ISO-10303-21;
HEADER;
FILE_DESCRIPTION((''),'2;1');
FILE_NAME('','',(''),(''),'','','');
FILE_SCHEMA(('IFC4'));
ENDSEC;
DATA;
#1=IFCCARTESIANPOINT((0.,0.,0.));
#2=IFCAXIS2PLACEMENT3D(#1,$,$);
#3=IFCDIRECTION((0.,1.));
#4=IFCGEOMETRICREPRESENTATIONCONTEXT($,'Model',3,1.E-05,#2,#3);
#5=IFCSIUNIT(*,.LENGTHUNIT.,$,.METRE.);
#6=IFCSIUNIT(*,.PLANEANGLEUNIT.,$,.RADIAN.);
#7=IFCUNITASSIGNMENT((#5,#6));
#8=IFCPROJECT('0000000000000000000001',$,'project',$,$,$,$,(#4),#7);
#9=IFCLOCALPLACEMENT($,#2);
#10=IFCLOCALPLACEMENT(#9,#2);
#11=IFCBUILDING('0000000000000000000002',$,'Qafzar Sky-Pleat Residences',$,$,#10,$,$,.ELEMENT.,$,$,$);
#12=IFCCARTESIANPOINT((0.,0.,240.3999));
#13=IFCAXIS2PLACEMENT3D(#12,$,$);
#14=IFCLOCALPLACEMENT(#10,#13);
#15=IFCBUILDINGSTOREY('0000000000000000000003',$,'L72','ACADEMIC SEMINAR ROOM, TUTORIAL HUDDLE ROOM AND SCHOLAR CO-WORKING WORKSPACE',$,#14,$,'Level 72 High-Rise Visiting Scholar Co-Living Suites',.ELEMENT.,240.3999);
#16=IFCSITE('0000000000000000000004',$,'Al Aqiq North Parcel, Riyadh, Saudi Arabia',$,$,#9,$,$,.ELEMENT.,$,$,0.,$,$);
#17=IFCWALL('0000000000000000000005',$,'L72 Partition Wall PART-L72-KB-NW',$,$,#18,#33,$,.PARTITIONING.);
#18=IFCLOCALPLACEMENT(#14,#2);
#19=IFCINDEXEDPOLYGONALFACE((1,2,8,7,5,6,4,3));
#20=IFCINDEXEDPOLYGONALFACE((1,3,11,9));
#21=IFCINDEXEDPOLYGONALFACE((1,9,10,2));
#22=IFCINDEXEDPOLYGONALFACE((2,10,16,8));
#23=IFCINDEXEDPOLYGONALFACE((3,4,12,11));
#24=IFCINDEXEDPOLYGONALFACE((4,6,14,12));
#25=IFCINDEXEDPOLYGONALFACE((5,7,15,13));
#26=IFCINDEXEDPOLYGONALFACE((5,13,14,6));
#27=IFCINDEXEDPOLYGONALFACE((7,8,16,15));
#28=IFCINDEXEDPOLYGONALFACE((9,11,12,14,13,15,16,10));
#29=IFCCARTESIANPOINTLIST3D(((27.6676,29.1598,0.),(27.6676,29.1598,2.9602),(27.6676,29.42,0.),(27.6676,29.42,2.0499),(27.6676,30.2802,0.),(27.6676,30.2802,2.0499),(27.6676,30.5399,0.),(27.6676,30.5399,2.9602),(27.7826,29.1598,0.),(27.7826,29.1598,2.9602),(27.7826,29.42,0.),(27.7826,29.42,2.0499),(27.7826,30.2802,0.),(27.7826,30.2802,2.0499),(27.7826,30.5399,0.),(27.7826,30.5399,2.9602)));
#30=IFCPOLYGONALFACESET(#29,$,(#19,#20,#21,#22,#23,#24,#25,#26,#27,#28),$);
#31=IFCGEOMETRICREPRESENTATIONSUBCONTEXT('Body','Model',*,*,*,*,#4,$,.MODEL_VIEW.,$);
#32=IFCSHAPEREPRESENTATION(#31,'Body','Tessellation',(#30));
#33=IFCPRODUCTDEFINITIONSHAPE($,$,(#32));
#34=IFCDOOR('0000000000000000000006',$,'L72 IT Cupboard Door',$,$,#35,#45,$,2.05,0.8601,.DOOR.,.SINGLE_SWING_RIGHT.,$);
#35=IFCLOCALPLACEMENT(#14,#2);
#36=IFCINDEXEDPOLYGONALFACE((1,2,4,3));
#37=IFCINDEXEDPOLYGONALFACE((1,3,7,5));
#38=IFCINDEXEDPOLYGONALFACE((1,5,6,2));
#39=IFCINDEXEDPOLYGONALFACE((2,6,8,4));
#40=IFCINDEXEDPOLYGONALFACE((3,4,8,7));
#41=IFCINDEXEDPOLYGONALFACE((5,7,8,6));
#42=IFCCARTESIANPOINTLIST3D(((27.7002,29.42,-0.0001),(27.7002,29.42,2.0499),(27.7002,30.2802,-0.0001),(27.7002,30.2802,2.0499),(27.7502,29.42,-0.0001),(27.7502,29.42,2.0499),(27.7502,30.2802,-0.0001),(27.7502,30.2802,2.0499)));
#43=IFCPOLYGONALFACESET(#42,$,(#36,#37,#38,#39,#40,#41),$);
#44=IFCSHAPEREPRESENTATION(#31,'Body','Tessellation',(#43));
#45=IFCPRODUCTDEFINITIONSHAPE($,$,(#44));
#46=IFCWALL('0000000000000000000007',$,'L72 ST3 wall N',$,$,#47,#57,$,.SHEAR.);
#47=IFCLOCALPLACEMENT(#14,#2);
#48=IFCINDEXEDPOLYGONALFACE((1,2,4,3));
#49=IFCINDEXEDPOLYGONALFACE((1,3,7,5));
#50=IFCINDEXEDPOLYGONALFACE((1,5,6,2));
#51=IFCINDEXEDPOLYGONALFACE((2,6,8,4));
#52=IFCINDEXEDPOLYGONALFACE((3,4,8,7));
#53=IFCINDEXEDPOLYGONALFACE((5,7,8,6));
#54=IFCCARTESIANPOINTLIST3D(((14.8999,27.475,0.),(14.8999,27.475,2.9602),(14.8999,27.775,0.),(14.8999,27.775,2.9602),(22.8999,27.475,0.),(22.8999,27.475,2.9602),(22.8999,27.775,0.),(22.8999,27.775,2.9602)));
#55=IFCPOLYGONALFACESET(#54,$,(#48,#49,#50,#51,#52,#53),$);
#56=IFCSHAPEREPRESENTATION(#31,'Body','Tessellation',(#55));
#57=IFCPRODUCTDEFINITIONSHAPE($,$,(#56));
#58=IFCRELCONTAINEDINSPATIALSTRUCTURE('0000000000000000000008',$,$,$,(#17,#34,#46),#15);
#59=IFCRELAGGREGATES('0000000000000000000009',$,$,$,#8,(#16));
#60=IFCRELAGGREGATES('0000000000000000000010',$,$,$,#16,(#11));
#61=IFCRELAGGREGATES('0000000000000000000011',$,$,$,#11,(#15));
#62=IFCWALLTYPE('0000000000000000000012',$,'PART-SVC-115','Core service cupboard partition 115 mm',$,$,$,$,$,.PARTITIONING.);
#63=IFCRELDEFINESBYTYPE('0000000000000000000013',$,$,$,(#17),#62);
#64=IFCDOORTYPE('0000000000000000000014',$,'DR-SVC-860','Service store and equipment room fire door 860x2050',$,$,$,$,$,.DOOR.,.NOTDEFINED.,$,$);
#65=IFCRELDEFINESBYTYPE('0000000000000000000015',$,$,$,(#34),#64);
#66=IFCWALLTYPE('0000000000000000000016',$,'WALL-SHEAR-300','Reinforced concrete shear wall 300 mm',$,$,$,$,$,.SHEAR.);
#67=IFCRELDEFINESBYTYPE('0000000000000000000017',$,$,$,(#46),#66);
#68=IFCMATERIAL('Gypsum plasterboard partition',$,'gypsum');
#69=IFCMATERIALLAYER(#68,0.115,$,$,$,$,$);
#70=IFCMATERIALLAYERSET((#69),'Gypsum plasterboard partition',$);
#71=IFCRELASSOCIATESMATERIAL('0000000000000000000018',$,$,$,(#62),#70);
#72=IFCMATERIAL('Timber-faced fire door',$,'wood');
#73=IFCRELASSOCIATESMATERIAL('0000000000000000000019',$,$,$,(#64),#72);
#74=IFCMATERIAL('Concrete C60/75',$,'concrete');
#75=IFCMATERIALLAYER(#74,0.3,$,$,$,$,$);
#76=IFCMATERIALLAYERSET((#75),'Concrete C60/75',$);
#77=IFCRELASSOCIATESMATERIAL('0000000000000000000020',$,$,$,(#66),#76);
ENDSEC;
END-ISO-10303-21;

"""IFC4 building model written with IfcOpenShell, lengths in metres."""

from ifc_helpers import new_model, si_unit, direction, frame, frame_2d, origin, place, context, subcontext, project, spatial, rectangle, extrude, source, transform, mapped, material, layer, layer_set, type_object, element, fill, save


model = new_model("IFC4")

# Units and contexts
model_context = context("Model", 3, precision=1e-05, world=origin(), true_north=direction((0.0, 1.0)))
body_context = subcontext(model_context, "Body", "Model", "MODEL_VIEW")
ifc_project = project(units=[si_unit("LENGTHUNIT", "METRE"), si_unit("PLANEANGLEUNIT", "RADIAN")], contexts=[model_context])

# Site, building, storey
site_placement = place(None, origin())
site = spatial("IfcSite", under=ifc_project, at=site_placement, Name="Al Aqiq North Parcel, Riyadh, Saudi Arabia", CompositionType="ELEMENT", RefElevation=0.0)
building_placement = place(site_placement, origin())
building = spatial("IfcBuilding", under=site, at=building_placement, Name="Qafzar Sky-Pleat Residences", CompositionType="ELEMENT")
storey_placement = place(building_placement, frame((0.0, 0.0, 240.3999)))
storey = spatial("IfcBuildingStorey", under=building, at=storey_placement, Name="L72", Description="ACADEMIC SEMINAR ROOM, TUTORIAL HUDDLE ROOM AND SCHOLAR CO-WORKING WORKSPACE", LongName="Level 72 High-Rise Visiting Scholar Co-Living Suites", CompositionType="ELEMENT", Elevation=240.3999)

# Shared definitions
ifc_material_1 = material(Name="Timber-faced fire door", Category="wood")

# Wall, opening, door
ifc_material_2 = material(Name="Gypsum plasterboard partition", Category="gypsum")
ifc_layer_1 = layer(ifc_material_2, 0.115)
ifc_layer_set_1 = layer_set([ifc_layer_1], Name="Gypsum plasterboard partition")
wall_type_1 = type_object("IfcWallType", Name="PART-SVC-115", Description="Core service cupboard partition 115 mm", PredefinedType="PARTITIONING", material=ifc_layer_set_1)
wall_1_placement = place(storey_placement, frame((27.7251, 29.1599, 0.0), z_axis=(0.0, 0.0, 1.0), x_axis=(0.0, 1.0, 0.0)))
wall_1 = element("IfcWall", 1, at=wall_1_placement, inside=storey, type_object=wall_type_1, Name="L72 Partition Wall PART-L72-KB-NW", PredefinedType="PARTITIONING", context=body_context, shape_type="SweptSolid", body=[
    extrude(rectangle(XDim=1.3801, YDim=0.115, at=frame_2d((0.6899, 0.0))), origin(), (0.0, 0.0, 1.0), 2.9602),
])
opening_1_placement = place(wall_1_placement, frame((0.26, 0.0, 0.0)))
opening_1 = element("IfcOpeningElement", 2, at=opening_1_placement, cuts=wall_1, PredefinedType="OPENING", context=body_context, shape_type="SweptSolid", body=[
    extrude(rectangle(XDim=0.8601, YDim=2.05, at=frame_2d((0.4302, 1.0249))), frame((0.0, 0.0674, 0.0), z_axis=(0.0, -1.0, 0.0), x_axis=(1.0, 0.0, 0.0)), (0.0, 0.0, 1.0), 0.135),
])
door_type_1 = type_object("IfcDoorType", Name="DR-SVC-860", Description="Service store and equipment room fire door 860x2050", OperationType="NOTDEFINED", PredefinedType="DOOR", material=ifc_material_1)
shared_shape_1 = source(origin(), body_context, "Body", "SweptSolid", [
    extrude(rectangle(XDim=0.8601, YDim=2.05, at=frame_2d((0.4302, 1.0249))), frame((0.0, 0.0249, 0.0), z_axis=(0.0, -1.0, 0.0), x_axis=(1.0, 0.0, 0.0)), (0.0, 0.0, 1.0), 0.05),
])
door_1_placement = place(opening_1_placement, origin())
door_1 = element("IfcDoor", 3, at=door_1_placement, inside=storey, type_object=door_type_1, Name="L72 IT Cupboard Door", OperationType="SINGLE_SWING_RIGHT", OverallHeight=2.05, OverallWidth=0.8601, PredefinedType="DOOR", context=body_context, shape_type="MappedRepresentation", body=[
    mapped(shared_shape_1, transform((0.0, 0.0, 0.0), x_axis=(1.0, 0.0, 0.0), y_axis=(0.0, 1.0, 0.0), z_axis=(0.0, 0.0, 1.0), scale=1.0)),
])
fill(opening_1, door_1)

# Shared definitions
ifc_material_3 = material(Name="Concrete C60/75", Category="concrete")
ifc_layer_2 = layer(ifc_material_3, 0.3)
ifc_layer_set_2 = layer_set([ifc_layer_2], Name="Concrete C60/75")
wall_type_2 = type_object("IfcWallType", Name="WALL-SHEAR-300", Description="Reinforced concrete shear wall 300 mm", PredefinedType="SHEAR", material=ifc_layer_set_2)

# Wall
wall_2_placement = place(storey_placement, frame((22.8999, 27.625, 0.0), z_axis=(0.0, 0.0, 1.0), x_axis=(-1.0, 0.0, 0.0)))
element("IfcWall", 4, at=wall_2_placement, inside=storey, type_object=wall_type_2, Name="L72 ST3 wall N", PredefinedType="SHEAR", context=body_context, shape_type="SweptSolid", body=[
    extrude(rectangle(XDim=8.0, YDim=0.3, at=frame_2d((4.0, 0.0))), origin(), (0.0, 0.0, 1.0), 2.9602),
])

save(model, "model.ifc")
